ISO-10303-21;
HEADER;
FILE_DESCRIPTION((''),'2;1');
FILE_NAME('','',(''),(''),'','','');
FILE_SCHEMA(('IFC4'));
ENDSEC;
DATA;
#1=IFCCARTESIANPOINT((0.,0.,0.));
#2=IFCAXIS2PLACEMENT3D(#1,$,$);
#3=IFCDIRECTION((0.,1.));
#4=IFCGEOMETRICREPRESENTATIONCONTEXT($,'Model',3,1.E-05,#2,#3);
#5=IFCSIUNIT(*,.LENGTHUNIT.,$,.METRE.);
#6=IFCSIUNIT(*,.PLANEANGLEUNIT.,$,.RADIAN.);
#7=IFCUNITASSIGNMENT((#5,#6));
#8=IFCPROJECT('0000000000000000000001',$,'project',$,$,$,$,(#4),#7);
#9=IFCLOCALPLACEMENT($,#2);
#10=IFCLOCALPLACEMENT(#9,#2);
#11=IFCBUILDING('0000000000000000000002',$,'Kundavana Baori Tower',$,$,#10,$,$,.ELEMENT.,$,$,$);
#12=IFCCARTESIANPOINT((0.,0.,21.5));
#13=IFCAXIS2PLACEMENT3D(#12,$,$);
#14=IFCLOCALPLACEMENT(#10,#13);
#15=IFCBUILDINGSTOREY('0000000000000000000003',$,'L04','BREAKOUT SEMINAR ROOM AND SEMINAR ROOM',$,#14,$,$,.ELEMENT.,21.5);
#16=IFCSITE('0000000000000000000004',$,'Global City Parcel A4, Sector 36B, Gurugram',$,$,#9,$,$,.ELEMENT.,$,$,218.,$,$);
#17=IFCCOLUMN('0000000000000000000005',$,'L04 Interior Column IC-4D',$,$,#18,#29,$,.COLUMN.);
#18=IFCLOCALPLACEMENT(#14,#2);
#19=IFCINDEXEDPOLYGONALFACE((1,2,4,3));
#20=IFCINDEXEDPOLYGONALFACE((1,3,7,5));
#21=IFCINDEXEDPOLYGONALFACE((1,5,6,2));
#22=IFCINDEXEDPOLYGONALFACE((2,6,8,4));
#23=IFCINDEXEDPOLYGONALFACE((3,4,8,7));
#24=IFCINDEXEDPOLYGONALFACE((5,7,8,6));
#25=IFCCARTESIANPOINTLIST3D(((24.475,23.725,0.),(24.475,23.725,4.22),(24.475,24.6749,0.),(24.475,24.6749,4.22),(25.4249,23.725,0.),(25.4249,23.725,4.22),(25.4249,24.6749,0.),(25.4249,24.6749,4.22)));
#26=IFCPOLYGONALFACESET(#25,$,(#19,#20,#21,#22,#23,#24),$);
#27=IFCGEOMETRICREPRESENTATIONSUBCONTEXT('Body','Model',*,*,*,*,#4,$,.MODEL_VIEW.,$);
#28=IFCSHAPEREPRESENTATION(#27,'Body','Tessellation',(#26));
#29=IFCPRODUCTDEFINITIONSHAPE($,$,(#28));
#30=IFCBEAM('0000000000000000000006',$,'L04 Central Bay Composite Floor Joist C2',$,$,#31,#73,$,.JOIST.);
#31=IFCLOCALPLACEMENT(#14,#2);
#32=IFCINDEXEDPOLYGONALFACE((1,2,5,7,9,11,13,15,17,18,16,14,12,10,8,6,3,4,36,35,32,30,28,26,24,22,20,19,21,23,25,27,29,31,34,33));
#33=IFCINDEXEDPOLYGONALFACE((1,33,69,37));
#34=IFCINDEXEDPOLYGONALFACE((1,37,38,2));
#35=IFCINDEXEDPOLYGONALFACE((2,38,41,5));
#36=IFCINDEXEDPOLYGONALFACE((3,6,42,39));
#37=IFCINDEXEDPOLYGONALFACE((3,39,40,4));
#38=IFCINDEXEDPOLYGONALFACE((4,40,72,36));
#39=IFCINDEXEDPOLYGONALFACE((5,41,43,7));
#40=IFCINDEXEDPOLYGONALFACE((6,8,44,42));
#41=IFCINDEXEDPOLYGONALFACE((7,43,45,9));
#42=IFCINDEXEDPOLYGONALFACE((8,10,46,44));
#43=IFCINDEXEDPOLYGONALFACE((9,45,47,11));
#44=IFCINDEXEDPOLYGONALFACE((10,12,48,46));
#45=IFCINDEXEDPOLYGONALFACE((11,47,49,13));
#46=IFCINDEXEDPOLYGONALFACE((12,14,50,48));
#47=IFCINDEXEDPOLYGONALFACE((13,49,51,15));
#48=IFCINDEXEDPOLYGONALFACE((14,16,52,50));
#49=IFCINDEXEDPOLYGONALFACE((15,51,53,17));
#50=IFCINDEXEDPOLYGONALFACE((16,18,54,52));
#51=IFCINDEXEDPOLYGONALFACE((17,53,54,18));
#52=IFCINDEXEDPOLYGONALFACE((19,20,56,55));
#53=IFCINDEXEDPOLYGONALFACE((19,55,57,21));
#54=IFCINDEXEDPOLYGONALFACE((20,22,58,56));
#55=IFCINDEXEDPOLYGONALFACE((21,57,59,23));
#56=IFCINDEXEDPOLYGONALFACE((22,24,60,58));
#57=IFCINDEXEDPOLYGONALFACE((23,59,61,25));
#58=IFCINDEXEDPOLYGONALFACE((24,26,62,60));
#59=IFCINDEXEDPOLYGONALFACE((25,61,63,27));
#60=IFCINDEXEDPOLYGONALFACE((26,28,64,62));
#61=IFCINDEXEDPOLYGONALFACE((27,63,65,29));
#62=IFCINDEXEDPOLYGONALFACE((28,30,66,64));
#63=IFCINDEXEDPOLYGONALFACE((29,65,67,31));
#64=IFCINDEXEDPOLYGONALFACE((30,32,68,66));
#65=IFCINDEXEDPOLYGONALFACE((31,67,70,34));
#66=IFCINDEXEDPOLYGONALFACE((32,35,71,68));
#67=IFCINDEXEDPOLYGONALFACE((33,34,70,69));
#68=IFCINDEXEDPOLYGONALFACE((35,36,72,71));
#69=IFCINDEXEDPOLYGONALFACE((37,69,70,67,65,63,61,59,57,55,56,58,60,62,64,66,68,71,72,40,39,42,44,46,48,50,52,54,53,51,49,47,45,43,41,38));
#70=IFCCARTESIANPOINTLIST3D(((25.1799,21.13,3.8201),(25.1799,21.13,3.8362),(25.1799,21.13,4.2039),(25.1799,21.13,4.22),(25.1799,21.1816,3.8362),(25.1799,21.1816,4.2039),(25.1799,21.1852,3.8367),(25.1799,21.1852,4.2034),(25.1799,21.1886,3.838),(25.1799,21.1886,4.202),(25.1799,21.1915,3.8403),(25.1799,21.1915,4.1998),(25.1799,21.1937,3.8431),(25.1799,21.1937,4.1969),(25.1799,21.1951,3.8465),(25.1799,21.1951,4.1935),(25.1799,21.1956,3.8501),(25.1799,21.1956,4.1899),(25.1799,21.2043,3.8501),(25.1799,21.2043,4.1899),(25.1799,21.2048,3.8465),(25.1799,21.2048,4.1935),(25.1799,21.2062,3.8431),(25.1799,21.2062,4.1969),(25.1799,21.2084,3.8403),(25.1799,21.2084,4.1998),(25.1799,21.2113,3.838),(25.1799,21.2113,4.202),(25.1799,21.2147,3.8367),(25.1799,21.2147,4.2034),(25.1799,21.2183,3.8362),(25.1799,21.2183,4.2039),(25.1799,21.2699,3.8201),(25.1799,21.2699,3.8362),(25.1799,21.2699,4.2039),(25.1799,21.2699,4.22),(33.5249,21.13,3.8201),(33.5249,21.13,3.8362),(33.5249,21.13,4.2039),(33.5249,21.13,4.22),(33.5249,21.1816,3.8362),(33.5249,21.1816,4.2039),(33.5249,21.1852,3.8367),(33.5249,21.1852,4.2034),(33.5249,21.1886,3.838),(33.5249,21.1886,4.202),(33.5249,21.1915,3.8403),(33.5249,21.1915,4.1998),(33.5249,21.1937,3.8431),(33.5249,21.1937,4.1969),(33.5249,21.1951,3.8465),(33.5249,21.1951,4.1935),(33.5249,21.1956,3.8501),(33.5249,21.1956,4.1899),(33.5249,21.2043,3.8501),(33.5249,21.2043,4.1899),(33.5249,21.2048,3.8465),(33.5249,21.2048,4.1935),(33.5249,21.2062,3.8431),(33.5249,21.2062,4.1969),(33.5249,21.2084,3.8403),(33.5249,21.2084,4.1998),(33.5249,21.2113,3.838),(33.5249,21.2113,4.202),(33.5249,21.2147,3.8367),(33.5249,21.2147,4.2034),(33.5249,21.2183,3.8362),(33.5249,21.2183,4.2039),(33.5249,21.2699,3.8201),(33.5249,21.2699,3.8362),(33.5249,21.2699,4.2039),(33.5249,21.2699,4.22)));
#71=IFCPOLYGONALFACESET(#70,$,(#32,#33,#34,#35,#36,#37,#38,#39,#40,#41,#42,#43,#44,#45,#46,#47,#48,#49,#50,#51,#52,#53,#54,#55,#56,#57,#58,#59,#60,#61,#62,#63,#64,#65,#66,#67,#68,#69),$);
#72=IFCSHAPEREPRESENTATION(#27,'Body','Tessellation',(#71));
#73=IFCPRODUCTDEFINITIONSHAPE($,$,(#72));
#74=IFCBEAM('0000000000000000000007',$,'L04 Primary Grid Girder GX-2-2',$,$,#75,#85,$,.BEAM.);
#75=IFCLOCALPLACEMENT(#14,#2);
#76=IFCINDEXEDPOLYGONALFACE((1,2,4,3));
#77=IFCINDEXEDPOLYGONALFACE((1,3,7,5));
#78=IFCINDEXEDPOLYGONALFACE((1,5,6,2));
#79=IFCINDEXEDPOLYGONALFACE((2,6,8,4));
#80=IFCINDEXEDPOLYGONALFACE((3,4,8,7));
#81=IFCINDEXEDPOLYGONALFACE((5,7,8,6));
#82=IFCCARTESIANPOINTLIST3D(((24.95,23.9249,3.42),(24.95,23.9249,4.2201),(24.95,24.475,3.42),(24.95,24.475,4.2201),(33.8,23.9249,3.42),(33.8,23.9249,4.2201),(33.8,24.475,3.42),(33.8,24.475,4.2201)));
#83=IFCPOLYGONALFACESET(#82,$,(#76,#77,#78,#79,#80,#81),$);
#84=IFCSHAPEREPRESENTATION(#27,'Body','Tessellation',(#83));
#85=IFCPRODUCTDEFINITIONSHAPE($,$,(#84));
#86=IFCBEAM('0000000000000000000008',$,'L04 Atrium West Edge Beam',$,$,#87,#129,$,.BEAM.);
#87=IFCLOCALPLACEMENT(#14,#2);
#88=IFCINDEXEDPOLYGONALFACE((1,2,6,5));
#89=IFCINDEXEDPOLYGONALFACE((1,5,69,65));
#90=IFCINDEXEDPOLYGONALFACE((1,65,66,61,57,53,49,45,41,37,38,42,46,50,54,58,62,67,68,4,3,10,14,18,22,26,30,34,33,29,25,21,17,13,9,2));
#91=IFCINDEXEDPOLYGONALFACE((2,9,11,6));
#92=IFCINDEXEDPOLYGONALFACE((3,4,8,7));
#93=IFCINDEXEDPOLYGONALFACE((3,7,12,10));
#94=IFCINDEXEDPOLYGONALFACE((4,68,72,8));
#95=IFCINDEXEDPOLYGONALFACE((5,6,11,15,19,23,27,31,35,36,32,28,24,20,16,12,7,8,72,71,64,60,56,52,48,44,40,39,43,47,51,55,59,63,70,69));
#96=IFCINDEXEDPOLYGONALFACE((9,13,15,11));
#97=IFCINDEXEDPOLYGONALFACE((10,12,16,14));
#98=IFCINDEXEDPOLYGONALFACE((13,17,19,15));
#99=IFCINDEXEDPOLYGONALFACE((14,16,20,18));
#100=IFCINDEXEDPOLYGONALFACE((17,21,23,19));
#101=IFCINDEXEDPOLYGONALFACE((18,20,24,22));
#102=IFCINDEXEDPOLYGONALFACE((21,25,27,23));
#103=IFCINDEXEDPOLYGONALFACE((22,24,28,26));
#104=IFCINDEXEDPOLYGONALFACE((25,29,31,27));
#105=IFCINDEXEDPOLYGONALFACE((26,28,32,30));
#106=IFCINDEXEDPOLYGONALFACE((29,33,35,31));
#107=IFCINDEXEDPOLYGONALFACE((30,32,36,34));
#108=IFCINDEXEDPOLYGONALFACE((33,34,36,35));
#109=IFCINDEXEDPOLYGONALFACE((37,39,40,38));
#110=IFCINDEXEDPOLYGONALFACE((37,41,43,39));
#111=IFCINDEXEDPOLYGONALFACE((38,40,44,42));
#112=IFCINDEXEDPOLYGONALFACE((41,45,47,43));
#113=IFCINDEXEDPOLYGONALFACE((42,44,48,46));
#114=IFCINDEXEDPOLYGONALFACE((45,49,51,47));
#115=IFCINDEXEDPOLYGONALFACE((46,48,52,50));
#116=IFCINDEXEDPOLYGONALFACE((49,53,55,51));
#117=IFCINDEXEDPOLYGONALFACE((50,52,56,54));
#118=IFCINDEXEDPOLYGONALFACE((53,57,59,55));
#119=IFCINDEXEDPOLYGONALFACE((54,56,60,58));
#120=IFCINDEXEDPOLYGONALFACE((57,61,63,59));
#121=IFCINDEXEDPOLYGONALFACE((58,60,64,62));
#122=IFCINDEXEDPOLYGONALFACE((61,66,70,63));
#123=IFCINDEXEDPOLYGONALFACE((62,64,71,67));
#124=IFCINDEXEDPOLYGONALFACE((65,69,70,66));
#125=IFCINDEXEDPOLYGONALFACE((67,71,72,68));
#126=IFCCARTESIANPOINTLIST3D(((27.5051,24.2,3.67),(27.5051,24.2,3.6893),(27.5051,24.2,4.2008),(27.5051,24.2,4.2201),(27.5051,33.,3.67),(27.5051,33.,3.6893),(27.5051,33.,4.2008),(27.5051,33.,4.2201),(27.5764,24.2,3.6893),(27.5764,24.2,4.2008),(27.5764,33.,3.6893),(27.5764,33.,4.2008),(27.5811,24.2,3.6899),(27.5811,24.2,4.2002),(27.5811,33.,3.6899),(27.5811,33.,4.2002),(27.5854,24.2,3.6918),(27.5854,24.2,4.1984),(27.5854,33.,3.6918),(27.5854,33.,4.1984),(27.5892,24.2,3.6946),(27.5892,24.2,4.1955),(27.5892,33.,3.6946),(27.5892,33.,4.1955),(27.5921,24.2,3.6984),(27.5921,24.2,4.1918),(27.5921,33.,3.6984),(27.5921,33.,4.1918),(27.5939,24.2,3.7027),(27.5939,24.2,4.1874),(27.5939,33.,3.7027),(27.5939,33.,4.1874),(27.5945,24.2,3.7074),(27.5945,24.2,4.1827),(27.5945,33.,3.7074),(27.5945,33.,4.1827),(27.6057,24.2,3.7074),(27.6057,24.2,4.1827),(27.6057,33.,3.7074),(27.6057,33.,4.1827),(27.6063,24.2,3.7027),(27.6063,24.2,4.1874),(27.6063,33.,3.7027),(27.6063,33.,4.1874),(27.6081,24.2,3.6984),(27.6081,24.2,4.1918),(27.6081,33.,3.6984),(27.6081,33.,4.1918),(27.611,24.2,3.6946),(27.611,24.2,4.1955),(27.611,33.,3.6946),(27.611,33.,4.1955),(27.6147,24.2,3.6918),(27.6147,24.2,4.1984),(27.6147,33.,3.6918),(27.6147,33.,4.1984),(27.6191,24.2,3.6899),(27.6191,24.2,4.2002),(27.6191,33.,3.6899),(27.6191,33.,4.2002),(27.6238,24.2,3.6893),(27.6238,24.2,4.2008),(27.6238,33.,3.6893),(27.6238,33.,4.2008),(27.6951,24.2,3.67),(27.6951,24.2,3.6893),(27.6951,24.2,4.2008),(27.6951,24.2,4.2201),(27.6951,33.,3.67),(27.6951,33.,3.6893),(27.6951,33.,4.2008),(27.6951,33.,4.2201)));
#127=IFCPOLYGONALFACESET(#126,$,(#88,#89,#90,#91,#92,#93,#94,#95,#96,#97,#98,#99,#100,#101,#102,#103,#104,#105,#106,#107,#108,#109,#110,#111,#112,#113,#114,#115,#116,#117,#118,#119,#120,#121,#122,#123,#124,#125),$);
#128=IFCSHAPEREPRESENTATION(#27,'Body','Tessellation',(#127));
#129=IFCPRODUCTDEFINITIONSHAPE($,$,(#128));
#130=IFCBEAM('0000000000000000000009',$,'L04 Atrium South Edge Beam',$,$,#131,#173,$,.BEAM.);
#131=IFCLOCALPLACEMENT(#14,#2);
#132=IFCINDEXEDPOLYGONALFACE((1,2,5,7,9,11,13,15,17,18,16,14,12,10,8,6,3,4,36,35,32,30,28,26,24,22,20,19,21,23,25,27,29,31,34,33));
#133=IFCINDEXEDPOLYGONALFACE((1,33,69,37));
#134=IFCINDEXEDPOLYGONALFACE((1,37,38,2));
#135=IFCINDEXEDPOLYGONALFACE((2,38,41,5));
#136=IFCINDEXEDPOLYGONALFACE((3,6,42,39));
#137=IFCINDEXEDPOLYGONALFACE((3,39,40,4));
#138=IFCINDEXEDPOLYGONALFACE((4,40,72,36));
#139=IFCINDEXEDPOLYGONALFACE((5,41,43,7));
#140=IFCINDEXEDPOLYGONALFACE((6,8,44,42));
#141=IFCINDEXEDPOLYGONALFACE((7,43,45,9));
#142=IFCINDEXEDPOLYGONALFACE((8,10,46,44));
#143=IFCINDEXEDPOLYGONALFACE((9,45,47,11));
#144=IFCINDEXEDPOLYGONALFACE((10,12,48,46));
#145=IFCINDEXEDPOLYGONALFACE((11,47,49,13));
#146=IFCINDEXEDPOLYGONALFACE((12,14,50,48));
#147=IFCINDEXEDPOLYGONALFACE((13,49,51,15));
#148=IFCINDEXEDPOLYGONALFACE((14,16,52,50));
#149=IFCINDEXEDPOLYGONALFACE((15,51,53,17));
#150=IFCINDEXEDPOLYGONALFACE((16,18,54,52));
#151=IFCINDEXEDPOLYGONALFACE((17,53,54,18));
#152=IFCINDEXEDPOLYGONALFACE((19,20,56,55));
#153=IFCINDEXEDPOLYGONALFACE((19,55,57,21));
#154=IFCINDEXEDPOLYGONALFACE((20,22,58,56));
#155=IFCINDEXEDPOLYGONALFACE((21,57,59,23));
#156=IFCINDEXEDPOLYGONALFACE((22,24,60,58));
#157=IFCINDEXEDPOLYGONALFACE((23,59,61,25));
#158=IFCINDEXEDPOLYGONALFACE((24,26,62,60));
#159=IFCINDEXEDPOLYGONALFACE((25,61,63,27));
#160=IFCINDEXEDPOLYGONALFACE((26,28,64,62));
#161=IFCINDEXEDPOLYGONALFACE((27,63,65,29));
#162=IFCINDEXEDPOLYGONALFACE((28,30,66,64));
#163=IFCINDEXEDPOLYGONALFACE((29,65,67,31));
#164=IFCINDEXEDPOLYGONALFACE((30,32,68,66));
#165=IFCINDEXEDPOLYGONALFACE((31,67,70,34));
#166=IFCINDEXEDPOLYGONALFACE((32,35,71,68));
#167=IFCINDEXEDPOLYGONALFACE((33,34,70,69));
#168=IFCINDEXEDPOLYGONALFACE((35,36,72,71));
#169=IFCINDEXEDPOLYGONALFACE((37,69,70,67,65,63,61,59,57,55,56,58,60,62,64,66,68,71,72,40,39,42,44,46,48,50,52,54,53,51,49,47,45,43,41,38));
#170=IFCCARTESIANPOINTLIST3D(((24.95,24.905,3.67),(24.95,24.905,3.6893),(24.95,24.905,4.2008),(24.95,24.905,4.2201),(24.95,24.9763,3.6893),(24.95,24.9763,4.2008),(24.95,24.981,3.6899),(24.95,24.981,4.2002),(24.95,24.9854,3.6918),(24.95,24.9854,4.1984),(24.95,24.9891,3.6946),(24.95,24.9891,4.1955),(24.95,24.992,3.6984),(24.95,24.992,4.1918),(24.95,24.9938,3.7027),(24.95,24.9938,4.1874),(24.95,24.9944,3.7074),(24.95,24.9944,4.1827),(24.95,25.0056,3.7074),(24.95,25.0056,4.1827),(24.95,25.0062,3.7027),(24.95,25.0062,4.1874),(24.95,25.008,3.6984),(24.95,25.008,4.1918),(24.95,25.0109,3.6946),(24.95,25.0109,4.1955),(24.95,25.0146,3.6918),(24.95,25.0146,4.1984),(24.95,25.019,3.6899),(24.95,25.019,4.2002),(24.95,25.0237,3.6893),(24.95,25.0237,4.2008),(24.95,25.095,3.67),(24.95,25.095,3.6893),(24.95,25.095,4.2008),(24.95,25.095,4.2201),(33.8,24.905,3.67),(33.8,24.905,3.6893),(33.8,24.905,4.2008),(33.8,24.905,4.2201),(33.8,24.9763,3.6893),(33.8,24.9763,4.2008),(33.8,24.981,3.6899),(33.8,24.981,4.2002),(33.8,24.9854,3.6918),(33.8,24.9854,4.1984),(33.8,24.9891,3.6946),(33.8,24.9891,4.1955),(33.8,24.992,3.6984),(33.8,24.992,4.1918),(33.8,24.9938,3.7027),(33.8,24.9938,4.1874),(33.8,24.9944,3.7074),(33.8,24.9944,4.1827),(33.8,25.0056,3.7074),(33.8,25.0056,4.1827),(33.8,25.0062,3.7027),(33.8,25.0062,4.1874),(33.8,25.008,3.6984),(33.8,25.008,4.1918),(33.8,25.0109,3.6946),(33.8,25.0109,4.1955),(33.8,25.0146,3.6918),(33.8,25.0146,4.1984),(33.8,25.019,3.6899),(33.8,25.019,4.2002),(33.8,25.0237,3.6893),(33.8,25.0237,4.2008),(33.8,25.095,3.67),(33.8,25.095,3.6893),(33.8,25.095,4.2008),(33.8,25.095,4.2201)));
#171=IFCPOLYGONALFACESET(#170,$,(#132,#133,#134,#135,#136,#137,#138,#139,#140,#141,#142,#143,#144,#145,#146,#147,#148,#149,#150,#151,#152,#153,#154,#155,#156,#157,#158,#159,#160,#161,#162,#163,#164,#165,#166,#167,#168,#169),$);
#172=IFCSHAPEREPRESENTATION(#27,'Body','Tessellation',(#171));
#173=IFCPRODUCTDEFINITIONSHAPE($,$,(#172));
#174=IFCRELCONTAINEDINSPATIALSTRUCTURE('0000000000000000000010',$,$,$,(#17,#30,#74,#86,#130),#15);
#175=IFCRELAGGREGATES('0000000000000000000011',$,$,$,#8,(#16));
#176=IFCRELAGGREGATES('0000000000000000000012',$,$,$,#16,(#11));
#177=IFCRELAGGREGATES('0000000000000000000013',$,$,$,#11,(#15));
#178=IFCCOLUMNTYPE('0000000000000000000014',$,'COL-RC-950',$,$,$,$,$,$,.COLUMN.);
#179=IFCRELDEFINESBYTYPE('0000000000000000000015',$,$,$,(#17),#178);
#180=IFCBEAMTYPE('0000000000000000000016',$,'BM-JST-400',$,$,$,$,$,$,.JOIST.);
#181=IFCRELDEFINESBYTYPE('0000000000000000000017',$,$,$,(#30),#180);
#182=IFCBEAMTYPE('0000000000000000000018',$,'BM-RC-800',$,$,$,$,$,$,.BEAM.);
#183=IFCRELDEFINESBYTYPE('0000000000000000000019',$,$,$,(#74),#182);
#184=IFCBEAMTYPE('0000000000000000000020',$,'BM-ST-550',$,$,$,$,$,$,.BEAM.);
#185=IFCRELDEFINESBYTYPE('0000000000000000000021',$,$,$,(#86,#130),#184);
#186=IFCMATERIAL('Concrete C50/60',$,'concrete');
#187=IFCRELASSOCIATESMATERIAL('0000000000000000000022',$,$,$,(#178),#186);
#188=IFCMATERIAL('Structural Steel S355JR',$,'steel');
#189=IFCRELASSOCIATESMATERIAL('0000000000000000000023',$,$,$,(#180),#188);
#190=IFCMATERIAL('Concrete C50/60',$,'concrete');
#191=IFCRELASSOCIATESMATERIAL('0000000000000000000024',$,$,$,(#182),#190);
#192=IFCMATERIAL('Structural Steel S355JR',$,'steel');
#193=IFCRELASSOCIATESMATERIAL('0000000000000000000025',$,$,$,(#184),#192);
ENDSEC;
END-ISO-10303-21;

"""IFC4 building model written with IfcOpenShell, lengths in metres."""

from ifc_helpers import new_model, si_unit, direction, frame, origin, origin_2d, place, context, subcontext, project, spatial, rectangle, i_section, extrude, material, material_profile, profile_set, type_object, element, save


model = new_model("IFC4")

# Units and contexts
model_context = context("Model", 3, precision=1e-05, world=origin(), true_north=direction((0.0, 1.0)))
body_context = subcontext(model_context, "Body", "Model", "MODEL_VIEW")
ifc_project = project(units=[si_unit("LENGTHUNIT", "METRE"), si_unit("PLANEANGLEUNIT", "RADIAN")], contexts=[model_context])

# Site, building, storey
site_placement = place(None, origin())
site = spatial("IfcSite", under=ifc_project, at=site_placement, Name="Global City Parcel A4, Sector 36B, Gurugram", CompositionType="ELEMENT", RefElevation=218.0)
building_placement = place(site_placement, origin())
building = spatial("IfcBuilding", under=site, at=building_placement, Name="Kundavana Baori Tower", CompositionType="ELEMENT")
storey_placement = place(building_placement, frame((0.0, 0.0, 21.5)))
storey = spatial("IfcBuildingStorey", under=building, at=storey_placement, Name="L04", Description="BREAKOUT SEMINAR ROOM AND SEMINAR ROOM", CompositionType="ELEMENT", Elevation=21.5)

# Column
ifc_material_1 = material(Name="Concrete C50/60", Category="concrete")
ifc_material_profile_1 = material_profile(ifc_material_1, rectangle(XDim=0.95, YDim=0.95, at=origin_2d()), Name="RC 950x950")
ifc_profile_set_1 = profile_set([ifc_material_profile_1], Name="Concrete C50/60")
column_type = type_object("IfcColumnType", Name="COL-RC-950", PredefinedType="COLUMN", material=ifc_profile_set_1)
column_placement = place(storey_placement, frame((24.95, 24.2, 0.0), z_axis=(0.0, 0.0, 1.0), x_axis=(1.0, 0.0, 0.0)))
element("IfcColumn", 1, at=column_placement, inside=storey, type_object=column_type, Name="L04 Interior Column IC-4D", PredefinedType="COLUMN", context=body_context, shape_type="SweptSolid", body=[
    extrude(rectangle(XDim=0.95, YDim=0.95, at=origin_2d()), origin(), (0.0, 0.0, 1.0), 4.22),
])

# Beams
ifc_material_2 = material(Name="Structural Steel S355JR", Category="steel")
ifc_material_profile_2 = material_profile(ifc_material_2, i_section(OverallWidth=0.1399, OverallDepth=0.3999, WebThickness=0.0088, FlangeThickness=0.0161, FilletRadius=0.0139, at=origin_2d()), Name="ISMB 400")
ifc_profile_set_2 = profile_set([ifc_material_profile_2], Name="Structural Steel S355JR")
beam_type_1 = type_object("IfcBeamType", Name="BM-JST-400", PredefinedType="JOIST", material=ifc_profile_set_2)
beam_1_placement = place(storey_placement, frame((25.1799, 21.2, 4.02), z_axis=(1.0, 0.0, 0.0), x_axis=(0.0, 1.0, 0.0)))
element("IfcBeam", 2, at=beam_1_placement, inside=storey, type_object=beam_type_1, Name="L04 Central Bay Composite Floor Joist C2", PredefinedType="JOIST", context=body_context, shape_type="SweptSolid", body=[
    extrude(i_section(OverallWidth=0.1399, OverallDepth=0.3999, WebThickness=0.0088, FlangeThickness=0.0161, FilletRadius=0.0139, at=origin_2d()), origin(), (0.0, 0.0, 1.0), 8.345),
])
ifc_material_3 = material(Name="Concrete C50/60", Category="concrete")
ifc_material_profile_3 = material_profile(ifc_material_3, rectangle(XDim=0.55, YDim=0.8, at=origin_2d()), Name="RC BM 550x800")
ifc_profile_set_3 = profile_set([ifc_material_profile_3], Name="Concrete C50/60")
beam_type_2 = type_object("IfcBeamType", Name="BM-RC-800", PredefinedType="BEAM", material=ifc_profile_set_3)
beam_2_placement = place(storey_placement, frame((24.95, 24.2, 3.8201), z_axis=(1.0, 0.0, 0.0), x_axis=(0.0, 1.0, 0.0)))
element("IfcBeam", 3, at=beam_2_placement, inside=storey, type_object=beam_type_2, Name="L04 Primary Grid Girder GX-2-2", PredefinedType="BEAM", context=body_context, shape_type="SweptSolid", body=[
    extrude(rectangle(XDim=0.55, YDim=0.8, at=origin_2d()), origin(), (0.0, 0.0, 1.0), 8.8501),
])
ifc_material_4 = material(Name="Structural Steel S355JR", Category="steel")
ifc_material_profile_4 = material_profile(ifc_material_4, i_section(OverallWidth=0.1899, OverallDepth=0.55, WebThickness=0.0112, FlangeThickness=0.0193, FilletRadius=0.0181, at=origin_2d()), Name="ISMB 550")
ifc_profile_set_4 = profile_set([ifc_material_profile_4], Name="Structural Steel S355JR")
beam_type_3 = type_object("IfcBeamType", Name="BM-ST-550", PredefinedType="BEAM", material=ifc_profile_set_4)
beam_3_placement = place(storey_placement, frame((27.6001, 24.2, 3.9451), z_axis=(0.0, 1.0, 0.0), x_axis=(-1.0, 0.0, 0.0)))
element("IfcBeam", 4, at=beam_3_placement, inside=storey, type_object=beam_type_3, Name="L04 Atrium West Edge Beam", PredefinedType="BEAM", context=body_context, shape_type="SweptSolid", body=[
    extrude(i_section(OverallWidth=0.1899, OverallDepth=0.55, WebThickness=0.0112, FlangeThickness=0.0193, FilletRadius=0.0181, at=origin_2d()), origin(), (0.0, 0.0, 1.0), 8.8),
])
beam_4_placement = place(storey_placement, frame((24.95, 25.0, 3.9451), z_axis=(1.0, 0.0, 0.0), x_axis=(0.0, 1.0, 0.0)))
element("IfcBeam", 5, at=beam_4_placement, inside=storey, type_object=beam_type_3, Name="L04 Atrium South Edge Beam", PredefinedType="BEAM", context=body_context, shape_type="SweptSolid", body=[
    extrude(i_section(OverallWidth=0.1899, OverallDepth=0.55, WebThickness=0.0112, FlangeThickness=0.0193, FilletRadius=0.0181, at=origin_2d()), origin(), (0.0, 0.0, 1.0), 8.8501),
])

save(model, "model.ifc")
